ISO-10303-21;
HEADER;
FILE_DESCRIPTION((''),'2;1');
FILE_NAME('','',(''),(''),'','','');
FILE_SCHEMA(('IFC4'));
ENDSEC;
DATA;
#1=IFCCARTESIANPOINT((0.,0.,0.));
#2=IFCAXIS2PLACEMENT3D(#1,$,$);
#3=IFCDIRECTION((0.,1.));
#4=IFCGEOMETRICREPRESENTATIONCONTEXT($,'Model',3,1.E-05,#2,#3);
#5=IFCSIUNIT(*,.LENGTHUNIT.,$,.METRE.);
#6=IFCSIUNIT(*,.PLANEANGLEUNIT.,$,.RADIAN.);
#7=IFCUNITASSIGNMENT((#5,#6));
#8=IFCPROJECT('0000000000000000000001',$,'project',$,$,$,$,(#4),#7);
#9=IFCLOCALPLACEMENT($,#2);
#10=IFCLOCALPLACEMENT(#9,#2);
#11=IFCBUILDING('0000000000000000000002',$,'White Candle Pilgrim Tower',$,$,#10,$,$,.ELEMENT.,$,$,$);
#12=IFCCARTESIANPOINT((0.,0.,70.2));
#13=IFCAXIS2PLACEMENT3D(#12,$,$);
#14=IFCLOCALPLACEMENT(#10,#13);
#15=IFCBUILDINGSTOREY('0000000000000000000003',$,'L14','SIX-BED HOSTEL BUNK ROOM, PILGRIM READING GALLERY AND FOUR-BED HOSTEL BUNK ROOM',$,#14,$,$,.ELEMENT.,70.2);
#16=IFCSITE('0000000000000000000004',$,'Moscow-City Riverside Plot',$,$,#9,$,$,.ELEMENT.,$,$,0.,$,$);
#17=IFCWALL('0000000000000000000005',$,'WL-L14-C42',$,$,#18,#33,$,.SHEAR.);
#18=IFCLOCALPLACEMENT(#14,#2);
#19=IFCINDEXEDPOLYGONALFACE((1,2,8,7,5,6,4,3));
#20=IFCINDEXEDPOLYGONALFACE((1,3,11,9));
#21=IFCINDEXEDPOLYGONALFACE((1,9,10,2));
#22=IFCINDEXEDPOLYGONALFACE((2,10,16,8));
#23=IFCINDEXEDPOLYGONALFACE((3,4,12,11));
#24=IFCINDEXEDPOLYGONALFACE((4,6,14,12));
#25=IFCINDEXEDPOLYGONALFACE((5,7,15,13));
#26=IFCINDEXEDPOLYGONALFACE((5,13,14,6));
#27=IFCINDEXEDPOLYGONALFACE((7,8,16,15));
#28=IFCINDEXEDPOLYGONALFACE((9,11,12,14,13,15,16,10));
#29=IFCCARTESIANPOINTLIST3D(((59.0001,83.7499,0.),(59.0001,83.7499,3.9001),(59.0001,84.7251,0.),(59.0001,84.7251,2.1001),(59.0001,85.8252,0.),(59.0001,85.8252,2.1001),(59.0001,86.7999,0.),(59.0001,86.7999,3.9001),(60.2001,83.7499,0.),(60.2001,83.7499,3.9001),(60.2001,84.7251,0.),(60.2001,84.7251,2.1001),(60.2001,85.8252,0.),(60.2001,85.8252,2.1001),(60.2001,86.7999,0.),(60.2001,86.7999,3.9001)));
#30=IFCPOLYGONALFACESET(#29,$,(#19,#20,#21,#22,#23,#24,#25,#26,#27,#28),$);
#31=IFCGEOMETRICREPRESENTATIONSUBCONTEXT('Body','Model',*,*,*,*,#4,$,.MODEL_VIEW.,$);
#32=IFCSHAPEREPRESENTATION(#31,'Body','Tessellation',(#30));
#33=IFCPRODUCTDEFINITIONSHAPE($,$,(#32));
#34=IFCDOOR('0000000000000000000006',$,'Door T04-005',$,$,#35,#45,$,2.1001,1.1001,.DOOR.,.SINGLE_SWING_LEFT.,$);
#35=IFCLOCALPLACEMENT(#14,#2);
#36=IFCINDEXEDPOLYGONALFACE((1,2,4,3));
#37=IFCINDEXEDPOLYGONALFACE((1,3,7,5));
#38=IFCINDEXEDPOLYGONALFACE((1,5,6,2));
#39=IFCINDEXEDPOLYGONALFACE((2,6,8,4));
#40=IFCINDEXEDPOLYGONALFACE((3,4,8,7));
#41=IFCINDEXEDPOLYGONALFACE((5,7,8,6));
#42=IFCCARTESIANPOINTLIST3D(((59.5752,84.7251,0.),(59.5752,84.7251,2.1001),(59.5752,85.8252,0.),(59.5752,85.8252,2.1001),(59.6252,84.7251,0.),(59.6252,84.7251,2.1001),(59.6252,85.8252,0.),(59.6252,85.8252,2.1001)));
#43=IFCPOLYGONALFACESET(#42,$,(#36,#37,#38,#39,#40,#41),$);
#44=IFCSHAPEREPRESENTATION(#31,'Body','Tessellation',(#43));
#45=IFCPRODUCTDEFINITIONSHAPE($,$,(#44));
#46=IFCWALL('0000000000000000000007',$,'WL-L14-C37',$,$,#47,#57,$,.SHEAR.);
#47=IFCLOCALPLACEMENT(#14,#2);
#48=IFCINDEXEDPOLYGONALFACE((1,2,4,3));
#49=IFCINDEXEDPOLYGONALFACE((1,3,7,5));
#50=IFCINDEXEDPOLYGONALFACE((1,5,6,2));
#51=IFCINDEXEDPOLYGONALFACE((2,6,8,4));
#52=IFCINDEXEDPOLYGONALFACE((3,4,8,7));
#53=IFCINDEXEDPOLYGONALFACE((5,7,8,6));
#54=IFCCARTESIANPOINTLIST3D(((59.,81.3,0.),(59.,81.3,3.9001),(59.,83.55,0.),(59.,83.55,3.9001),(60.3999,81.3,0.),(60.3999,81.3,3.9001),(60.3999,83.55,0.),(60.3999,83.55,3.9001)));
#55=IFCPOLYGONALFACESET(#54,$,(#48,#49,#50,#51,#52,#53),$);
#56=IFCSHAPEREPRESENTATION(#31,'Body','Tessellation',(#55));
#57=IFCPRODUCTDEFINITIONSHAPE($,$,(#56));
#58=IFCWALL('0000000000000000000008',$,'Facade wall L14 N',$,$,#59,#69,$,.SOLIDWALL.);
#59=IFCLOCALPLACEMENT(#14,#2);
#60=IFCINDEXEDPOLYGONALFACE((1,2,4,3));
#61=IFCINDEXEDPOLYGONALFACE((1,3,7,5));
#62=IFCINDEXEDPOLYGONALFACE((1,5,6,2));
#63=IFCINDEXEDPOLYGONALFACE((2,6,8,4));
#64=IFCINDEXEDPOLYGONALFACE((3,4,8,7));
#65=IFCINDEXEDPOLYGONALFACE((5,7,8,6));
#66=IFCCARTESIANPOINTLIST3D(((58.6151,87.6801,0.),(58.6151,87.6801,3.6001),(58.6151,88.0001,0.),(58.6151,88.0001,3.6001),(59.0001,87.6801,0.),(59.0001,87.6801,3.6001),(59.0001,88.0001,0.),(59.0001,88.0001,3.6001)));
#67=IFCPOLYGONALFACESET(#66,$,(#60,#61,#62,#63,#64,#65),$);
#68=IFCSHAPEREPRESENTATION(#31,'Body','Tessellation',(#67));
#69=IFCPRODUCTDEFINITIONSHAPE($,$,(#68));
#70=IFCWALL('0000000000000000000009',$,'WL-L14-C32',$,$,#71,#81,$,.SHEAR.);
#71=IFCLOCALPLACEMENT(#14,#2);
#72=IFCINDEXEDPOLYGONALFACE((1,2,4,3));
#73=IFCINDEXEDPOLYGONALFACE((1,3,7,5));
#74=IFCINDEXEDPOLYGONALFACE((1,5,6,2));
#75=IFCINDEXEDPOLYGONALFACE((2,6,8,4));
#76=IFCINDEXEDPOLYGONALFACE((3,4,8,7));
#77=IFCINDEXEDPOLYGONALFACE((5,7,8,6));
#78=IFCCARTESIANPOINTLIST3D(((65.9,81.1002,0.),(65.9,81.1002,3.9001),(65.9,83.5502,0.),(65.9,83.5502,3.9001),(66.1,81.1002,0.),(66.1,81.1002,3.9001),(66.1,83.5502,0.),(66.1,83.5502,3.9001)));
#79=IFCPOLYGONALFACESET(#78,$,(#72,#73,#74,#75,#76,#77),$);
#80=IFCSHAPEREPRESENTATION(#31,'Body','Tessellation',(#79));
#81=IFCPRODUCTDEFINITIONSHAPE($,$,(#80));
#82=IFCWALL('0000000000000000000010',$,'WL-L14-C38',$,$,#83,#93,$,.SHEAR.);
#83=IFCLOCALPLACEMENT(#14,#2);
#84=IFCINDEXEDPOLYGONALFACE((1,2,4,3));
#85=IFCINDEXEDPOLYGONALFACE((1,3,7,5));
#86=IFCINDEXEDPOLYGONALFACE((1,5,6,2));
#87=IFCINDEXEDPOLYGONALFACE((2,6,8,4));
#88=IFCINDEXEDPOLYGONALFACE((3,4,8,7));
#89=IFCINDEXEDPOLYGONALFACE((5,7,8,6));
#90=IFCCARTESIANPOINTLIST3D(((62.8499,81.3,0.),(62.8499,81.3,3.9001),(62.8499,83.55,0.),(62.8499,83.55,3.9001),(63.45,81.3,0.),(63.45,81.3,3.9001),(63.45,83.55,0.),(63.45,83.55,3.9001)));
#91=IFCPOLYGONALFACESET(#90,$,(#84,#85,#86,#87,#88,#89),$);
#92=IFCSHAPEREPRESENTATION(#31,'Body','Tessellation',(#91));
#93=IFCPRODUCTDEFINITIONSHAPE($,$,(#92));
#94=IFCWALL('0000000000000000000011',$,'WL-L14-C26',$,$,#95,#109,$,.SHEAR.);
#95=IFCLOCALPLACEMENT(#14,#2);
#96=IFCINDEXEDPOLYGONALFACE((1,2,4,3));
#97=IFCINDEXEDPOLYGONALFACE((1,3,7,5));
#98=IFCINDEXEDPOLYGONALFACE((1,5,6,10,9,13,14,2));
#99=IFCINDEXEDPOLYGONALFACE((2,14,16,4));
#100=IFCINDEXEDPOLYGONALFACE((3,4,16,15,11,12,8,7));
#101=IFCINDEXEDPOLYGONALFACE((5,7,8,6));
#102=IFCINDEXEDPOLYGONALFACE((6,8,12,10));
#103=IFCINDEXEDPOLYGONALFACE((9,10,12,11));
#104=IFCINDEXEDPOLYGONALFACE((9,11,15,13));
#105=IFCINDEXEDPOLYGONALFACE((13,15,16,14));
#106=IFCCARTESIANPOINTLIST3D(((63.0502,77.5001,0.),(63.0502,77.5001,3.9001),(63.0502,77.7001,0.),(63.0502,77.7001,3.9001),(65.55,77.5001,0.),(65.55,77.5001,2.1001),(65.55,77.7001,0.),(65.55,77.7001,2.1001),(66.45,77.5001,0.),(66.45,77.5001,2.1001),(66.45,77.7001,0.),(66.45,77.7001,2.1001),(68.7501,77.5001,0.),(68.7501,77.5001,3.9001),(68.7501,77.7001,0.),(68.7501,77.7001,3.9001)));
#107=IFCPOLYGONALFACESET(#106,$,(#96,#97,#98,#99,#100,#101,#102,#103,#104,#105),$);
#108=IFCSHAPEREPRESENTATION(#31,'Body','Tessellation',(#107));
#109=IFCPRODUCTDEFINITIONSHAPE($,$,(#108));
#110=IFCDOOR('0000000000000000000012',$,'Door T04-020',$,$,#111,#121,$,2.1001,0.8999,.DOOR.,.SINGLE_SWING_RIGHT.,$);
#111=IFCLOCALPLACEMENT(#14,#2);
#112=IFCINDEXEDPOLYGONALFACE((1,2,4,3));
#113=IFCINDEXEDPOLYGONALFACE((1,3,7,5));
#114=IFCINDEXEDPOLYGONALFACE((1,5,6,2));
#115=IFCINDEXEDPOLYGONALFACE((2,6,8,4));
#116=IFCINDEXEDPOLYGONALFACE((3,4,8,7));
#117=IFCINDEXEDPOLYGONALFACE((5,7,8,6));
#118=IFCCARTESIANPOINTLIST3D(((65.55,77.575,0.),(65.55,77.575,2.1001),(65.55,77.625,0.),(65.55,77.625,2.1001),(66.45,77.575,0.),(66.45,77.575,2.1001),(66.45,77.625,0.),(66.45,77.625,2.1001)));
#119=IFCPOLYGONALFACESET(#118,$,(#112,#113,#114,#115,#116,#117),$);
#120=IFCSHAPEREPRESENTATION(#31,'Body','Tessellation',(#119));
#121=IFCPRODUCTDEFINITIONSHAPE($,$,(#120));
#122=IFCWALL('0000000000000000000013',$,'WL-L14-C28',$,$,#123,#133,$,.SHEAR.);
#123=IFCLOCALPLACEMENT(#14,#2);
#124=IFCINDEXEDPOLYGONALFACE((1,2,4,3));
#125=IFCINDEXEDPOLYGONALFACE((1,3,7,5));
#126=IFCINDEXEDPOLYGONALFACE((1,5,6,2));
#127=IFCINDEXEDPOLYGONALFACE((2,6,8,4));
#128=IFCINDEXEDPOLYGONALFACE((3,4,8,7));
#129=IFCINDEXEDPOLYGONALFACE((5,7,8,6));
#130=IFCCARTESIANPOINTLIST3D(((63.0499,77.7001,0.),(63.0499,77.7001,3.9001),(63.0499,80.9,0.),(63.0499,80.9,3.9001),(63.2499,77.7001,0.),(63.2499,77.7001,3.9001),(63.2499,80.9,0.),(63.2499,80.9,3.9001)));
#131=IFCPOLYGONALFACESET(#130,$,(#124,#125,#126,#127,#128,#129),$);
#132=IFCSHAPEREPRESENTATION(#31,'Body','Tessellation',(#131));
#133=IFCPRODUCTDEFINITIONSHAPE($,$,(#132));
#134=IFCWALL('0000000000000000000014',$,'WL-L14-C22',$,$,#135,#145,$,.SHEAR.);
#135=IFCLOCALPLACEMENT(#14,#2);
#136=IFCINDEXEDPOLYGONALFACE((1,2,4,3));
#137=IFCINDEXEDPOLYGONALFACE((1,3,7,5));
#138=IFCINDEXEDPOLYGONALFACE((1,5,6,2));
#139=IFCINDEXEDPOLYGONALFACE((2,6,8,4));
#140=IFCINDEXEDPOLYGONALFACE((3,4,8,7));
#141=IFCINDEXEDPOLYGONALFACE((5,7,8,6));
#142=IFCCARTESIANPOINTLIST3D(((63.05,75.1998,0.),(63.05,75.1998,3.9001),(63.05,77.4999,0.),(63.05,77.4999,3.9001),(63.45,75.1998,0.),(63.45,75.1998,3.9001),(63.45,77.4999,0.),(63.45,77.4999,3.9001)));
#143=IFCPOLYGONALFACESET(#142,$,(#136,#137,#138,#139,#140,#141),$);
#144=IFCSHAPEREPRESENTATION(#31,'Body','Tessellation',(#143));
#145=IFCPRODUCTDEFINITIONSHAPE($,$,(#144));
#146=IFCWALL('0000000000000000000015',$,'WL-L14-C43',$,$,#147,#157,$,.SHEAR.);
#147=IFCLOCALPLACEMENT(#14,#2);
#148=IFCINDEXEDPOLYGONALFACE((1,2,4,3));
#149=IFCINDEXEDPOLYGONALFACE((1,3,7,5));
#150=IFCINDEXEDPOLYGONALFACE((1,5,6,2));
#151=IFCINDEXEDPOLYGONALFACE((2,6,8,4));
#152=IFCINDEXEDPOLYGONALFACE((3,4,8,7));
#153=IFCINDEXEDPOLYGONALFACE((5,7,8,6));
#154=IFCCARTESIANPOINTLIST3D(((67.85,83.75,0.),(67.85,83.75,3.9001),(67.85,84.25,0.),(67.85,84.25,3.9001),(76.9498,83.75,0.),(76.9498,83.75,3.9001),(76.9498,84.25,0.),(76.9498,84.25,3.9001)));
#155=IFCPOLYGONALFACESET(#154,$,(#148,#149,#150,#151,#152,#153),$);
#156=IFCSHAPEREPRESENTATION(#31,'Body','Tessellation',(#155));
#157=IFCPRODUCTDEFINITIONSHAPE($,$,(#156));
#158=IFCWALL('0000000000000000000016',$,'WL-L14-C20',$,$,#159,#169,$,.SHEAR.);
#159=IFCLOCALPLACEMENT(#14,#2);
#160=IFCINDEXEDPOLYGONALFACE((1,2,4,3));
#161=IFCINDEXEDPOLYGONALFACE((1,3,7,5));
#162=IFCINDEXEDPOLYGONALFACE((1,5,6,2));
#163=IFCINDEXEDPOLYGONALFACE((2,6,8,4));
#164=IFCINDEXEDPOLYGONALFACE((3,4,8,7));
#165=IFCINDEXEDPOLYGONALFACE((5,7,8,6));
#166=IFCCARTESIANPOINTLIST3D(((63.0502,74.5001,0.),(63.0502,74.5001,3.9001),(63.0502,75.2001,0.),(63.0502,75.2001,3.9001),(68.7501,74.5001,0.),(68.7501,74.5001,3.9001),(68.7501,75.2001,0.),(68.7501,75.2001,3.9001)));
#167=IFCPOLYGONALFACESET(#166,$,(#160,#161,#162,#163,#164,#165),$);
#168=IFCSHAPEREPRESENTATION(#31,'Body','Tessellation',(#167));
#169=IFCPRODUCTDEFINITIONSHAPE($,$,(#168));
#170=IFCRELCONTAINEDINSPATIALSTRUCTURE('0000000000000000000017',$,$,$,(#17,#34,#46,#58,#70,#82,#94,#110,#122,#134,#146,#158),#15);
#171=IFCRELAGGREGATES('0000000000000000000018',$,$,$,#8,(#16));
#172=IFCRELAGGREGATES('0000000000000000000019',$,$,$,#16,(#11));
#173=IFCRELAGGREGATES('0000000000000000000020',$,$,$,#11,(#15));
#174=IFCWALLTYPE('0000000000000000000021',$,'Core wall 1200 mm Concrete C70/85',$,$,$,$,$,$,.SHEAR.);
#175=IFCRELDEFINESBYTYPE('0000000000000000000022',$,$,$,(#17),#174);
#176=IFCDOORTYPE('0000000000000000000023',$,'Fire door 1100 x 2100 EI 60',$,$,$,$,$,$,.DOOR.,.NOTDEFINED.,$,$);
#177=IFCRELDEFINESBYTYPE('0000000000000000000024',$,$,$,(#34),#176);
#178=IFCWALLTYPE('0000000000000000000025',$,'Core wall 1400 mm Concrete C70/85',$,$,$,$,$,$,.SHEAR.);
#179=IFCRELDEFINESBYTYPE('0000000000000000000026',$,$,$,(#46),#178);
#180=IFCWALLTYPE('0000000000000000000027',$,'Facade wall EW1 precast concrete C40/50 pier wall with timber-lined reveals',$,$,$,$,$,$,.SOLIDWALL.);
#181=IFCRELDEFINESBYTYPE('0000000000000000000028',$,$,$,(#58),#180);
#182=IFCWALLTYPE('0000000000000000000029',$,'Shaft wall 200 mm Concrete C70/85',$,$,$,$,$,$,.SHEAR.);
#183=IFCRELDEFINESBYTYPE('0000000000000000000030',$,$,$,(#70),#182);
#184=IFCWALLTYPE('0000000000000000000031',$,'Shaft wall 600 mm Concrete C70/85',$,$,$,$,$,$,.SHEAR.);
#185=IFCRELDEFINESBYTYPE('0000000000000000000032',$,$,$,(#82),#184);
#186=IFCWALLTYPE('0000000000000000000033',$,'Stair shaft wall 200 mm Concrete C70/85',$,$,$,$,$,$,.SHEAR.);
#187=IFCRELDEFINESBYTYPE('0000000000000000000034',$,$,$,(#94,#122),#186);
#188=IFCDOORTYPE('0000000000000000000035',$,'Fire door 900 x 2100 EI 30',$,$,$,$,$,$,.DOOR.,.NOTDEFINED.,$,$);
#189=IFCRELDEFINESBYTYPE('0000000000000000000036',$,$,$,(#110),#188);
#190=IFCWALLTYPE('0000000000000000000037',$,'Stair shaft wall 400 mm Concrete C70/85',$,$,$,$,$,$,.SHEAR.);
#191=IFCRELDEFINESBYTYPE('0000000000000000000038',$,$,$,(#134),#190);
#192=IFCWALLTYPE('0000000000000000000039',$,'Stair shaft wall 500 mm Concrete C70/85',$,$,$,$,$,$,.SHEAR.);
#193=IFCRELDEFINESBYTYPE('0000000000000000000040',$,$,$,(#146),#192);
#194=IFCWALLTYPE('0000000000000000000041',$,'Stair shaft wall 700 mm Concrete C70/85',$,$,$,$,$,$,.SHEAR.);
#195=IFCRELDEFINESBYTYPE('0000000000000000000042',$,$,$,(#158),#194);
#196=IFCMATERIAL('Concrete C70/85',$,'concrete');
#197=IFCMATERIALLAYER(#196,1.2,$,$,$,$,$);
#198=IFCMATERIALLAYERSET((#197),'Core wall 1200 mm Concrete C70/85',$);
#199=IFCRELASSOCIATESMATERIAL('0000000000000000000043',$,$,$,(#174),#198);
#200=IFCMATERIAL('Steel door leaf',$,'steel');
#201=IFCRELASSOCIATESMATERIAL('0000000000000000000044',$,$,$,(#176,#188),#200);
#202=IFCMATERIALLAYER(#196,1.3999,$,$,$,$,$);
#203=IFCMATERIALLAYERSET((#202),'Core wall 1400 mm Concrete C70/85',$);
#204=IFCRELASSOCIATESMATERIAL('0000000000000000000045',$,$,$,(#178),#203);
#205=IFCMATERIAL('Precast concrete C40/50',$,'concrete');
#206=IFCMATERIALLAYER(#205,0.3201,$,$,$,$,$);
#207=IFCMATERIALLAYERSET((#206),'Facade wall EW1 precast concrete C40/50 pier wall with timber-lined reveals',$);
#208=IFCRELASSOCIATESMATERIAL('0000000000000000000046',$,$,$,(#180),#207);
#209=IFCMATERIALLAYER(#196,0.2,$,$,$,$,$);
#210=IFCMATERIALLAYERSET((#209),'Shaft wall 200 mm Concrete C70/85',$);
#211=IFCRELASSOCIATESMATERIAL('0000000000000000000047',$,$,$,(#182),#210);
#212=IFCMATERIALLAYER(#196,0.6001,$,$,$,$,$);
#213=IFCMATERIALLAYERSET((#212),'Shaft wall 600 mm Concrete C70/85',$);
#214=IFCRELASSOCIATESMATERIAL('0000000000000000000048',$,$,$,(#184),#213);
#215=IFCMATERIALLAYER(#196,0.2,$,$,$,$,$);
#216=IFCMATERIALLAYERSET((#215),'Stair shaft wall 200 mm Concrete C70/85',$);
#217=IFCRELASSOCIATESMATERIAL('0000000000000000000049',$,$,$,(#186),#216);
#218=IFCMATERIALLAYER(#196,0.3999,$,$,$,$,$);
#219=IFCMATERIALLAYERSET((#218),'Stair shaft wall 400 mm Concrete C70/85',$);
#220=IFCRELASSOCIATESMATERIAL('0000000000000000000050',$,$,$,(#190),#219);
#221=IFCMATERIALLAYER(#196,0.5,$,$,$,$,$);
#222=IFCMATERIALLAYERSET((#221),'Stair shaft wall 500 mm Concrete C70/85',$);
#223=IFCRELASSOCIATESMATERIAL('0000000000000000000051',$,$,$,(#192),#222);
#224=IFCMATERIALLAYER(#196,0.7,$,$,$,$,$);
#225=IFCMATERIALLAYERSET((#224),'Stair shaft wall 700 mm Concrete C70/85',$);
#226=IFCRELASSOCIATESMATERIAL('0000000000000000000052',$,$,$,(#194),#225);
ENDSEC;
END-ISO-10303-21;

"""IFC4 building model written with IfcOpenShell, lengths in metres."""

from ifc_helpers import new_model, si_unit, direction, frame, frame_2d, origin, place, context, subcontext, project, spatial, rectangle, extrude, material, layer, layer_set, type_object, element, fill, save


model = new_model("IFC4")

# Units and contexts
model_context = context("Model", 3, precision=1e-05, world=origin(), true_north=direction((0.0, 1.0)))
body_context = subcontext(model_context, "Body", "Model", "MODEL_VIEW")
ifc_project = project(units=[si_unit("LENGTHUNIT", "METRE"), si_unit("PLANEANGLEUNIT", "RADIAN")], contexts=[model_context])

# Site, building, storey
site_placement = place(None, origin())
site = spatial("IfcSite", under=ifc_project, at=site_placement, Name="Moscow-City Riverside Plot", CompositionType="ELEMENT", RefElevation=0.0)
building_placement = place(site_placement, origin())
building = spatial("IfcBuilding", under=site, at=building_placement, Name="White Candle Pilgrim Tower", CompositionType="ELEMENT")
storey_placement = place(building_placement, frame((0.0, 0.0, 70.2)))
storey = spatial("IfcBuildingStorey", under=building, at=storey_placement, Name="L14", Description="SIX-BED HOSTEL BUNK ROOM, PILGRIM READING GALLERY AND FOUR-BED HOSTEL BUNK ROOM", CompositionType="ELEMENT", Elevation=70.2)

# Wall, opening, door
ifc_material_1 = material(Name="Concrete C70/85", Category="concrete")
ifc_layer_1 = layer(ifc_material_1, 1.2)
ifc_layer_set_1 = layer_set([ifc_layer_1], Name="Core wall 1200 mm Concrete C70/85")
wall_type_1 = type_object("IfcWallType", Name="Core wall 1200 mm Concrete C70/85", PredefinedType="SHEAR", material=ifc_layer_set_1)
wall_1_placement = place(storey_placement, frame((59.6001, 83.75, 0.0), z_axis=(0.0, 0.0, 1.0), x_axis=(0.0, 1.0, 0.0)))
wall_1 = element("IfcWall", 1, at=wall_1_placement, inside=storey, type_object=wall_type_1, Name="WL-L14-C42", PredefinedType="SHEAR", context=body_context, shape_type="SweptSolid", body=[
    extrude(rectangle(XDim=3.05, YDim=1.2, at=frame_2d((1.5249, 0.0))), origin(), (0.0, 0.0, 1.0), 3.9001),
])
opening_1_placement = place(wall_1_placement, frame((0.9751, 0.0, 0.0)))
opening_1 = element("IfcOpeningElement", 2, at=opening_1_placement, cuts=wall_1, PredefinedType="OPENING", context=body_context, shape_type="SweptSolid", body=[
    extrude(rectangle(XDim=1.1001, YDim=2.1001, at=frame_2d((0.55, 1.05))), frame((0.0, 0.6099, 0.0), z_axis=(0.0, -1.0, 0.0), x_axis=(1.0, 0.0, 0.0)), (0.0, 0.0, 1.0), 1.22),
])
ifc_material_2 = material(Name="Steel door leaf", Category="steel")
door_type_1 = type_object("IfcDoorType", Name="Fire door 1100 x 2100 EI 60", OperationType="NOTDEFINED", PredefinedType="DOOR", material=ifc_material_2)
door_1_placement = place(opening_1_placement, origin())
door_1 = element("IfcDoor", 3, at=door_1_placement, inside=storey, type_object=door_type_1, Name="Door T04-005", OperationType="SINGLE_SWING_LEFT", OverallHeight=2.1001, OverallWidth=1.1001, PredefinedType="DOOR", context=body_context, shape_type="SweptSolid", body=[
    extrude(rectangle(XDim=1.1001, YDim=2.1001, at=frame_2d((0.55, 1.05))), frame((0.0, 0.0249, 0.0), z_axis=(0.0, -1.0, 0.0), x_axis=(1.0, 0.0, 0.0)), (0.0, 0.0, 1.0), 0.05),
])
fill(opening_1, door_1)

# Walls
ifc_layer_2 = layer(ifc_material_1, 1.3999)
ifc_layer_set_2 = layer_set([ifc_layer_2], Name="Core wall 1400 mm Concrete C70/85")
wall_type_2 = type_object("IfcWallType", Name="Core wall 1400 mm Concrete C70/85", PredefinedType="SHEAR", material=ifc_layer_set_2)
wall_2_placement = place(storey_placement, frame((59.7, 81.3, 0.0), z_axis=(0.0, 0.0, 1.0), x_axis=(0.0, 1.0, 0.0)))
element("IfcWall", 4, at=wall_2_placement, inside=storey, type_object=wall_type_2, Name="WL-L14-C37", PredefinedType="SHEAR", context=body_context, shape_type="SweptSolid", body=[
    extrude(rectangle(XDim=2.25, YDim=1.3999, at=frame_2d((1.125, 0.0))), origin(), (0.0, 0.0, 1.0), 3.9001),
])
ifc_material_3 = material(Name="Precast concrete C40/50", Category="concrete")
ifc_layer_3 = layer(ifc_material_3, 0.3201)
ifc_layer_set_3 = layer_set([ifc_layer_3], Name="Facade wall EW1 precast concrete C40/50 pier wall with timber-lined reveals")
wall_type_3 = type_object("IfcWallType", Name="Facade wall EW1 precast concrete C40/50 pier wall with timber-lined reveals", PredefinedType="SOLIDWALL", material=ifc_layer_set_3)
wall_3_placement = place(storey_placement, frame((59.0, 87.8401, 0.0), z_axis=(0.0, 0.0, 1.0), x_axis=(-1.0, 0.0, 0.0)))
element("IfcWall", 5, at=wall_3_placement, inside=storey, type_object=wall_type_3, Name="Facade wall L14 N", PredefinedType="SOLIDWALL", context=body_context, shape_type="SweptSolid", body=[
    extrude(rectangle(XDim=0.385, YDim=0.3201, at=frame_2d((0.1924, 0.0))), origin(), (0.0, 0.0, 1.0), 3.6001),
])
ifc_layer_4 = layer(ifc_material_1, 0.2)
ifc_layer_set_4 = layer_set([ifc_layer_4], Name="Shaft wall 200 mm Concrete C70/85")
wall_type_4 = type_object("IfcWallType", Name="Shaft wall 200 mm Concrete C70/85", PredefinedType="SHEAR", material=ifc_layer_set_4)
wall_4_placement = place(storey_placement, frame((66.0, 81.1001, 0.0), z_axis=(0.0, 0.0, 1.0), x_axis=(0.0, 1.0, 0.0)))
element("IfcWall", 6, at=wall_4_placement, inside=storey, type_object=wall_type_4, Name="WL-L14-C32", PredefinedType="SHEAR", context=body_context, shape_type="SweptSolid", body=[
    extrude(rectangle(XDim=2.45, YDim=0.2, at=frame_2d((1.2251, 0.0))), origin(), (0.0, 0.0, 1.0), 3.9001),
])
ifc_layer_5 = layer(ifc_material_1, 0.6001)
ifc_layer_set_5 = layer_set([ifc_layer_5], Name="Shaft wall 600 mm Concrete C70/85")
wall_type_5 = type_object("IfcWallType", Name="Shaft wall 600 mm Concrete C70/85", PredefinedType="SHEAR", material=ifc_layer_set_5)
wall_5_placement = place(storey_placement, frame((63.1499, 81.3, 0.0), z_axis=(0.0, 0.0, 1.0), x_axis=(0.0, 1.0, 0.0)))
element("IfcWall", 7, at=wall_5_placement, inside=storey, type_object=wall_type_5, Name="WL-L14-C38", PredefinedType="SHEAR", context=body_context, shape_type="SweptSolid", body=[
    extrude(rectangle(XDim=2.25, YDim=0.6001, at=frame_2d((1.125, 0.0))), origin(), (0.0, 0.0, 1.0), 3.9001),
])

# Wall, opening, door
ifc_layer_6 = layer(ifc_material_1, 0.2)
ifc_layer_set_6 = layer_set([ifc_layer_6], Name="Stair shaft wall 200 mm Concrete C70/85")
wall_type_6 = type_object("IfcWallType", Name="Stair shaft wall 200 mm Concrete C70/85", PredefinedType="SHEAR", material=ifc_layer_set_6)
wall_6_placement = place(storey_placement, frame((63.05, 77.6001, 0.0), z_axis=(0.0, 0.0, 1.0), x_axis=(1.0, 0.0, 0.0)))
wall_6 = element("IfcWall", 8, at=wall_6_placement, inside=storey, type_object=wall_type_6, Name="WL-L14-C26", PredefinedType="SHEAR", context=body_context, shape_type="SweptSolid", body=[
    extrude(rectangle(XDim=5.7, YDim=0.2, at=frame_2d((2.8501, 0.0))), origin(), (0.0, 0.0, 1.0), 3.9001),
])
opening_2_placement = place(wall_6_placement, frame((2.5, 0.0, 0.0)))
opening_2 = element("IfcOpeningElement", 9, at=opening_2_placement, cuts=wall_6, PredefinedType="OPENING", context=body_context, shape_type="SweptSolid", body=[
    extrude(rectangle(XDim=0.8999, YDim=2.1001, at=frame_2d((0.45, 1.05))), frame((0.0, 0.1099, 0.0), z_axis=(0.0, -1.0, 0.0), x_axis=(1.0, 0.0, 0.0)), (0.0, 0.0, 1.0), 0.22),
])
door_type_2 = type_object("IfcDoorType", Name="Fire door 900 x 2100 EI 30", OperationType="NOTDEFINED", PredefinedType="DOOR", material=ifc_material_2)
door_2_placement = place(opening_2_placement, origin())
door_2 = element("IfcDoor", 10, at=door_2_placement, inside=storey, type_object=door_type_2, Name="Door T04-020", OperationType="SINGLE_SWING_RIGHT", OverallHeight=2.1001, OverallWidth=0.8999, PredefinedType="DOOR", context=body_context, shape_type="SweptSolid", body=[
    extrude(rectangle(XDim=0.8999, YDim=2.1001, at=frame_2d((0.45, 1.05))), frame((0.0, 0.0249, 0.0), z_axis=(0.0, -1.0, 0.0), x_axis=(1.0, 0.0, 0.0)), (0.0, 0.0, 1.0), 0.05),
])
fill(opening_2, door_2)

# Walls
wall_7_placement = place(storey_placement, frame((63.1499, 77.7, 0.0), z_axis=(0.0, 0.0, 1.0), x_axis=(0.0, 1.0, 0.0)))
element("IfcWall", 11, at=wall_7_placement, inside=storey, type_object=wall_type_6, Name="WL-L14-C28", PredefinedType="SHEAR", context=body_context, shape_type="SweptSolid", body=[
    extrude(rectangle(XDim=3.2, YDim=0.2, at=frame_2d((1.6001, 0.0))), origin(), (0.0, 0.0, 1.0), 3.9001),
])
ifc_layer_7 = layer(ifc_material_1, 0.3999)
ifc_layer_set_7 = layer_set([ifc_layer_7], Name="Stair shaft wall 400 mm Concrete C70/85")
wall_type_7 = type_object("IfcWallType", Name="Stair shaft wall 400 mm Concrete C70/85", PredefinedType="SHEAR", material=ifc_layer_set_7)
wall_8_placement = place(storey_placement, frame((63.25, 75.2, 0.0), z_axis=(0.0, 0.0, 1.0), x_axis=(0.0, 1.0, 0.0)))
element("IfcWall", 12, at=wall_8_placement, inside=storey, type_object=wall_type_7, Name="WL-L14-C22", PredefinedType="SHEAR", context=body_context, shape_type="SweptSolid", body=[
    extrude(rectangle(XDim=2.3, YDim=0.3999, at=frame_2d((1.1499, 0.0))), origin(), (0.0, 0.0, 1.0), 3.9001),
])
ifc_layer_8 = layer(ifc_material_1, 0.5)
ifc_layer_set_8 = layer_set([ifc_layer_8], Name="Stair shaft wall 500 mm Concrete C70/85")
wall_type_8 = type_object("IfcWallType", Name="Stair shaft wall 500 mm Concrete C70/85", PredefinedType="SHEAR", material=ifc_layer_set_8)
wall_9_placement = place(storey_placement, frame((67.8501, 84.0, 0.0), z_axis=(0.0, 0.0, 1.0), x_axis=(1.0, 0.0, 0.0)))
element("IfcWall", 13, at=wall_9_placement, inside=storey, type_object=wall_type_8, Name="WL-L14-C43", PredefinedType="SHEAR", context=body_context, shape_type="SweptSolid", body=[
    extrude(rectangle(XDim=9.0999, YDim=0.5, at=frame_2d((4.5498, 0.0))), origin(), (0.0, 0.0, 1.0), 3.9001),
])
ifc_layer_9 = layer(ifc_material_1, 0.7)
ifc_layer_set_9 = layer_set([ifc_layer_9], Name="Stair shaft wall 700 mm Concrete C70/85")
wall_type_9 = type_object("IfcWallType", Name="Stair shaft wall 700 mm Concrete C70/85", PredefinedType="SHEAR", material=ifc_layer_set_9)
wall_10_placement = place(storey_placement, frame((63.05, 74.8501, 0.0), z_axis=(0.0, 0.0, 1.0), x_axis=(1.0, 0.0, 0.0)))
element("IfcWall", 14, at=wall_10_placement, inside=storey, type_object=wall_type_9, Name="WL-L14-C20", PredefinedType="SHEAR", context=body_context, shape_type="SweptSolid", body=[
    extrude(rectangle(XDim=5.7, YDim=0.7, at=frame_2d((2.8501, 0.0))), origin(), (0.0, 0.0, 1.0), 3.9001),
])

save(model, "model.ifc")
